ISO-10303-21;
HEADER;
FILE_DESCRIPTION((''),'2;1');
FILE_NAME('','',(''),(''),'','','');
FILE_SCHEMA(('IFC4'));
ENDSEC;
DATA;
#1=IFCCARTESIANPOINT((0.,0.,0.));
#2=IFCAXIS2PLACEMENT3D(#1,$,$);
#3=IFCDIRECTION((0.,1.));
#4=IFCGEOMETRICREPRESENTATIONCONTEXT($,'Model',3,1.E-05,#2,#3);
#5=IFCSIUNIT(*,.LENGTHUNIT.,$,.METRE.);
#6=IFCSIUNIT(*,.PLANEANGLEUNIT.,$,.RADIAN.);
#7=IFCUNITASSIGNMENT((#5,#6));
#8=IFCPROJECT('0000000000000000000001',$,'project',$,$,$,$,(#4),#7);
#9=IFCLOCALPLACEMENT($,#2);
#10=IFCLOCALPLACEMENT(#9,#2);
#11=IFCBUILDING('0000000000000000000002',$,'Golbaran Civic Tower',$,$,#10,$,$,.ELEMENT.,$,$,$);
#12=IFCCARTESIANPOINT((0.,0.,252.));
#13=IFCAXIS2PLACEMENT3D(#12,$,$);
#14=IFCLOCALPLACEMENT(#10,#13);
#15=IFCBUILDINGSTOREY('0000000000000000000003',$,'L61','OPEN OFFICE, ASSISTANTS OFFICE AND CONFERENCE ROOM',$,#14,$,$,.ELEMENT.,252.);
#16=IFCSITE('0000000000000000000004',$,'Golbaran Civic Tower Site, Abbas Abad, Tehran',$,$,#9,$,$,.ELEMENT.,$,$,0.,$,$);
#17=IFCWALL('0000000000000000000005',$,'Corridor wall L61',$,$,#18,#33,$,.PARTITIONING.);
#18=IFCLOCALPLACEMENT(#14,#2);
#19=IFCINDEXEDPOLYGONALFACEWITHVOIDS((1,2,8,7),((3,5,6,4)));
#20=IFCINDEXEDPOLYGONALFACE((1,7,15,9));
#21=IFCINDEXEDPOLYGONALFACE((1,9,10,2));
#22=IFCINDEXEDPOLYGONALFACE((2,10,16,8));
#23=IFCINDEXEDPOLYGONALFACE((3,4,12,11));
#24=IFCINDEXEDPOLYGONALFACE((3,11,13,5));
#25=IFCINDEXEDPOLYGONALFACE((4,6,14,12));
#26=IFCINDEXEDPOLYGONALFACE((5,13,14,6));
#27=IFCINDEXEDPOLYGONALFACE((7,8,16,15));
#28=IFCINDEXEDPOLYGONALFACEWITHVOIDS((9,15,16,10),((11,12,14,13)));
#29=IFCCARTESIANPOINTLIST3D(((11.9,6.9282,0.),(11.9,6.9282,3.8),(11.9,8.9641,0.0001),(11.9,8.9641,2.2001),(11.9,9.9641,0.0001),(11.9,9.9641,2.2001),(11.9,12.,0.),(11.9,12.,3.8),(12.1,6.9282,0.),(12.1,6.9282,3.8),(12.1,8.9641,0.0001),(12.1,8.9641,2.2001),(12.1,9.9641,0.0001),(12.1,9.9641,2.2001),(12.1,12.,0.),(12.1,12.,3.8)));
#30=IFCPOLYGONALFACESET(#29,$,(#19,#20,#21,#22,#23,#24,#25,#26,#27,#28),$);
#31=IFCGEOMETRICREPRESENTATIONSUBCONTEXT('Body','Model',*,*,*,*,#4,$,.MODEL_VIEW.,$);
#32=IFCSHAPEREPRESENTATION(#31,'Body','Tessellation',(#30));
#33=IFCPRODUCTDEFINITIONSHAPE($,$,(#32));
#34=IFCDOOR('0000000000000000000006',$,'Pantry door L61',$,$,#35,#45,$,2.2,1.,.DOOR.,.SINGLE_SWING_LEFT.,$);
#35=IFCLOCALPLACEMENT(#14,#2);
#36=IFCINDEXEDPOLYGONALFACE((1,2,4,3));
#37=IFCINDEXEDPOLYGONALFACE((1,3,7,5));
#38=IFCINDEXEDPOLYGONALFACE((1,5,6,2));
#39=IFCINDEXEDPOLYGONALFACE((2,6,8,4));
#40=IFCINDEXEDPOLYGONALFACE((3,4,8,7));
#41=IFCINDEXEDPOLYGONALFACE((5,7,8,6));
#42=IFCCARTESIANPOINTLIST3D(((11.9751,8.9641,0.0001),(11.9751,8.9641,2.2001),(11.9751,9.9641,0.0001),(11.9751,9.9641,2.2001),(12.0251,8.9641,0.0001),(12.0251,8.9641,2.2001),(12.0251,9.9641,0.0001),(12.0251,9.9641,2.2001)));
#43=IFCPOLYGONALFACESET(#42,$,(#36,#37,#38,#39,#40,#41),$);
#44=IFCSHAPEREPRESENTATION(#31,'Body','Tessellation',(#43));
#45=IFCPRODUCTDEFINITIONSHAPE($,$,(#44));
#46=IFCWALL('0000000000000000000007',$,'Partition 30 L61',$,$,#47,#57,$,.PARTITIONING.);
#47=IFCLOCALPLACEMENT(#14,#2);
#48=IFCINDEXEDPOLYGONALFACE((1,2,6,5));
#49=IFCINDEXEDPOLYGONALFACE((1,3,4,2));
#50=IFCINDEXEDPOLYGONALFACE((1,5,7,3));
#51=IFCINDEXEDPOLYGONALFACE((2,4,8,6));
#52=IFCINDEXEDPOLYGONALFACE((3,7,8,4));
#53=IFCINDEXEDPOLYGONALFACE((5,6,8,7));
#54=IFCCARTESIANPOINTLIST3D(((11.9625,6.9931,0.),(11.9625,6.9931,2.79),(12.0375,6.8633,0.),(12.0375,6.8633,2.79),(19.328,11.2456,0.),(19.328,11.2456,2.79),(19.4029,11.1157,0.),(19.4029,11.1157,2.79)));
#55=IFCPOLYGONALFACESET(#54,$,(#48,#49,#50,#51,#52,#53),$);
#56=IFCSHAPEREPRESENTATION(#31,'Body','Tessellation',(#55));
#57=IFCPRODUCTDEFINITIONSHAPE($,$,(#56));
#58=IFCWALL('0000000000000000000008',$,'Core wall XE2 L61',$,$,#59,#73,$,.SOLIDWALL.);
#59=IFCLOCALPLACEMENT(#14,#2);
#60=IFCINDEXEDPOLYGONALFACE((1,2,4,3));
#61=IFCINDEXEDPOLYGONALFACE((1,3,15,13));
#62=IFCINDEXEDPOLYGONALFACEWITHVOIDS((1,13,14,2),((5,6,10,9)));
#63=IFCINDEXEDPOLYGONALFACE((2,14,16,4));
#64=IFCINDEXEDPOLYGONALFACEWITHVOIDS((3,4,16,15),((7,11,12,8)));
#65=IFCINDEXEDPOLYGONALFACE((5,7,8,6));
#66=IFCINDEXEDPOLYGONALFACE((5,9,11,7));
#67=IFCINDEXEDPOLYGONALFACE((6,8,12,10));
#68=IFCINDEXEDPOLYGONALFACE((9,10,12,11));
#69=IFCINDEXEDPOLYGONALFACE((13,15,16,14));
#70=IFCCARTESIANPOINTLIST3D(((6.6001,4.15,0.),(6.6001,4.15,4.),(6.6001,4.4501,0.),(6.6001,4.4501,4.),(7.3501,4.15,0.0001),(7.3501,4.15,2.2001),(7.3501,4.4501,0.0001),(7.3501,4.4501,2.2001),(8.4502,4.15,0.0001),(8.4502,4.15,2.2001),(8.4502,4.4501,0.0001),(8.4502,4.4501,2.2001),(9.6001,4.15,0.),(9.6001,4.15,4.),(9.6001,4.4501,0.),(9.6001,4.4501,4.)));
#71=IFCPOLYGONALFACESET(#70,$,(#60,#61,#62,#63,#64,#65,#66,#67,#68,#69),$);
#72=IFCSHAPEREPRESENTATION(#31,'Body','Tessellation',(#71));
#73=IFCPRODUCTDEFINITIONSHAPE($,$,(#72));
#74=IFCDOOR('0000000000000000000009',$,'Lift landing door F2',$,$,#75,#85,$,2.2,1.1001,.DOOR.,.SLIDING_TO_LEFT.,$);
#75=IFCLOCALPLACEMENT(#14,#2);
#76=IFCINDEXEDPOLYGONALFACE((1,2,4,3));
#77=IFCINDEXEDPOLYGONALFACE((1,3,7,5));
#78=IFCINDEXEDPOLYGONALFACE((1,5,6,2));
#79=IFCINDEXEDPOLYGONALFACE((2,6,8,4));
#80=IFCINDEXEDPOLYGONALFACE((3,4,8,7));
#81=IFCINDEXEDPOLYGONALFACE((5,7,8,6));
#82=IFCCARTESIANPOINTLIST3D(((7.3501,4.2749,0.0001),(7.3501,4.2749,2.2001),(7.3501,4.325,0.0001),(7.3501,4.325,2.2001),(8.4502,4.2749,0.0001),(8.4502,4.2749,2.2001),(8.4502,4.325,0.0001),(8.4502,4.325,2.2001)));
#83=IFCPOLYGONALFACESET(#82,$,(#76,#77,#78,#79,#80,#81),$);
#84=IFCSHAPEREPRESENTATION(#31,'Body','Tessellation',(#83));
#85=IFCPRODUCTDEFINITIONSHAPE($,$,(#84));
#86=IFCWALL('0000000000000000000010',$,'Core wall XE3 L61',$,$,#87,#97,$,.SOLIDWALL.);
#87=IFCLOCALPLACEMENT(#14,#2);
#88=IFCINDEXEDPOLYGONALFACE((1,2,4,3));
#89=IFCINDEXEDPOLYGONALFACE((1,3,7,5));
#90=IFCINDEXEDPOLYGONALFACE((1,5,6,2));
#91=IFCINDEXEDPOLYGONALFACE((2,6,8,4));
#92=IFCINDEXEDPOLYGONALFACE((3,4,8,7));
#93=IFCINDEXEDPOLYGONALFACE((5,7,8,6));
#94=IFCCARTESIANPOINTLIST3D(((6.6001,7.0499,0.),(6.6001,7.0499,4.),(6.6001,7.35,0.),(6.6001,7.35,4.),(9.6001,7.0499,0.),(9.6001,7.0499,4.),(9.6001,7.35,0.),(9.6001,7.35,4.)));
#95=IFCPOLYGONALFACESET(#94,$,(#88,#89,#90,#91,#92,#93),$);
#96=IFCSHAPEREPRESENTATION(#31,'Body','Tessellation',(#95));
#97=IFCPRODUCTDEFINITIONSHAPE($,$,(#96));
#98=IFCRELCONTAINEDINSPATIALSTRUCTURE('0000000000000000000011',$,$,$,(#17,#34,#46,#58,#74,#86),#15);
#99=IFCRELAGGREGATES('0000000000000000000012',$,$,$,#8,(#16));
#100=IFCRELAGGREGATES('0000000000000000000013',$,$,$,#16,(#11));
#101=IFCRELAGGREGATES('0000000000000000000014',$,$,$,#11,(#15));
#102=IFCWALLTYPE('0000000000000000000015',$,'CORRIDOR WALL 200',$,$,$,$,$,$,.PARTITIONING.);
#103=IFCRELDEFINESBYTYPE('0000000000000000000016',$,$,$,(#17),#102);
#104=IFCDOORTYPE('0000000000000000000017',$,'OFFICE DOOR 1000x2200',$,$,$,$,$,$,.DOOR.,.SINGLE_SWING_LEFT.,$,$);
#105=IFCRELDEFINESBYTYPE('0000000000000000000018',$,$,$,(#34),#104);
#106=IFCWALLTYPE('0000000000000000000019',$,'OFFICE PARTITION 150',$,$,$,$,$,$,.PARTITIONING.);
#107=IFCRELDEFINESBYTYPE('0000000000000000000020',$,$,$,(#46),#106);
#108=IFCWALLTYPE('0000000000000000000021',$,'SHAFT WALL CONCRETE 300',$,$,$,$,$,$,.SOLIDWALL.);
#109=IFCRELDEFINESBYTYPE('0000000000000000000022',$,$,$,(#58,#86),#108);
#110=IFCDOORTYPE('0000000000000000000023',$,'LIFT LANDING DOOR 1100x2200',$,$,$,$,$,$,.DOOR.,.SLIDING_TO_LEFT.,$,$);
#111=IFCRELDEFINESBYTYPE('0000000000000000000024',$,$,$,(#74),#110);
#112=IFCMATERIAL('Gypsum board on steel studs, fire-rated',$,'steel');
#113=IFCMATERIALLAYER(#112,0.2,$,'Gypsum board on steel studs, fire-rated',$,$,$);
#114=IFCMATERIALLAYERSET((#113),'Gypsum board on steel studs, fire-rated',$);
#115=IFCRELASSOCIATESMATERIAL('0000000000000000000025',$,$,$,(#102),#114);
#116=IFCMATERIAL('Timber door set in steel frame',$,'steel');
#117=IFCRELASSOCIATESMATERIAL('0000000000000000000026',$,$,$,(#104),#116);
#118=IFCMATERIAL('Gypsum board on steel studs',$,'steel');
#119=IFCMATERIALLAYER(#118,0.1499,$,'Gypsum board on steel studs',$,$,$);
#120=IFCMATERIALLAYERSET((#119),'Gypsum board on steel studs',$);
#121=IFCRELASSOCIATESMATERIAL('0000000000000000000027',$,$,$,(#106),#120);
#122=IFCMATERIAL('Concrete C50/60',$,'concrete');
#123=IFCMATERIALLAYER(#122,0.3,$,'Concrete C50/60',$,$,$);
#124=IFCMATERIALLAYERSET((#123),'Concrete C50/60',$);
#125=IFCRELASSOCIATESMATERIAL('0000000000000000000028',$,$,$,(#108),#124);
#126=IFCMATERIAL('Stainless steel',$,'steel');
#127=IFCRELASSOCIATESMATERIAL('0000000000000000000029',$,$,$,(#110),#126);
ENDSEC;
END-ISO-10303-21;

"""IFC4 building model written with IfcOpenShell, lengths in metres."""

from ifc_helpers import new_model, si_unit, direction, frame, frame_2d, origin, place, context, subcontext, project, spatial, rectangle, extrude, material, layer, layer_set, type_object, element, fill, save


model = new_model("IFC4")

# Units and contexts
model_context = context("Model", 3, precision=1e-05, world=origin(), true_north=direction((0.0, 1.0)))
body_context = subcontext(model_context, "Body", "Model", "MODEL_VIEW")
ifc_project = project(units=[si_unit("LENGTHUNIT", "METRE"), si_unit("PLANEANGLEUNIT", "RADIAN")], contexts=[model_context])

# Site, building, storey
site_placement = place(None, origin())
site = spatial("IfcSite", under=ifc_project, at=site_placement, Name="Golbaran Civic Tower Site, Abbas Abad, Tehran", CompositionType="ELEMENT", RefElevation=0.0)
building_placement = place(site_placement, origin())
building = spatial("IfcBuilding", under=site, at=building_placement, Name="Golbaran Civic Tower", CompositionType="ELEMENT")
storey_placement = place(building_placement, frame((0.0, 0.0, 252.0)))
storey = spatial("IfcBuildingStorey", under=building, at=storey_placement, Name="L61", Description="OPEN OFFICE, ASSISTANTS OFFICE AND CONFERENCE ROOM", CompositionType="ELEMENT", Elevation=252.0)

# Wall, opening, door
ifc_material_1 = material(Name="Gypsum board on steel studs, fire-rated", Category="steel")
ifc_layer_1 = layer(ifc_material_1, 0.2, Name="Gypsum board on steel studs, fire-rated")
ifc_layer_set_1 = layer_set([ifc_layer_1], Name="Gypsum board on steel studs, fire-rated")
wall_type_1 = type_object("IfcWallType", Name="CORRIDOR WALL 200", PredefinedType="PARTITIONING", material=ifc_layer_set_1)
wall_1_placement = place(storey_placement, frame((12.0, 6.9282, 0.0), z_axis=(0.0, 0.0, 1.0), x_axis=(0.0, 1.0, 0.0)))
wall_1 = element("IfcWall", 1, at=wall_1_placement, inside=storey, type_object=wall_type_1, Name="Corridor wall L61", PredefinedType="PARTITIONING", context=body_context, shape_type="SweptSolid", body=[
    extrude(rectangle(XDim=5.0718, YDim=0.2, at=frame_2d((2.5359, 0.0))), origin(), (0.0, 0.0, 1.0), 3.8),
])
opening_1_placement = place(wall_1_placement, frame((2.0359, 0.0, 0.0)))
opening_1 = element("IfcOpeningElement", 2, at=opening_1_placement, cuts=wall_1, PredefinedType="OPENING", context=body_context, shape_type="SweptSolid", body=[
    extrude(rectangle(XDim=1.0, YDim=2.2, at=frame_2d((0.5, 1.1001))), frame((0.0, 0.1099, 0.0), z_axis=(0.0, -1.0, 0.0), x_axis=(1.0, 0.0, 0.0)), (0.0, 0.0, 1.0), 0.22),
])
ifc_material_2 = material(Name="Timber door set in steel frame", Category="steel")
door_type_1 = type_object("IfcDoorType", Name="OFFICE DOOR 1000x2200", OperationType="SINGLE_SWING_LEFT", PredefinedType="DOOR", material=ifc_material_2)
door_1_placement = place(opening_1_placement, origin())
door_1 = element("IfcDoor", 3, at=door_1_placement, inside=storey, type_object=door_type_1, Name="Pantry door L61", OperationType="SINGLE_SWING_LEFT", OverallHeight=2.2, OverallWidth=1.0, PredefinedType="DOOR", context=body_context, shape_type="SweptSolid", body=[
    extrude(rectangle(XDim=1.0, YDim=2.2, at=frame_2d((0.5, 1.1001))), frame((0.0, 0.0249, 0.0), z_axis=(0.0, -1.0, 0.0), x_axis=(1.0, 0.0, 0.0)), (0.0, 0.0, 1.0), 0.05),
])
fill(opening_1, door_1)

# Wall
ifc_material_3 = material(Name="Gypsum board on steel studs", Category="steel")
ifc_layer_2 = layer(ifc_material_3, 0.1499, Name="Gypsum board on steel studs")
ifc_layer_set_2 = layer_set([ifc_layer_2], Name="Gypsum board on steel studs")
wall_type_2 = type_object("IfcWallType", Name="OFFICE PARTITION 150", PredefinedType="PARTITIONING", material=ifc_layer_set_2)
wall_2_placement = place(storey_placement, frame((12.0, 6.9282, 0.0), z_axis=(0.0, 0.0, 1.0), x_axis=(0.866026, 0.499998, 0.0)))
element("IfcWall", 4, at=wall_2_placement, inside=storey, type_object=wall_type_2, Name="Partition 30 L61", PredefinedType="PARTITIONING", context=body_context, shape_type="SweptSolid", body=[
    extrude(rectangle(XDim=8.5049, YDim=0.1499, at=frame_2d((4.2524, 0.0))), origin(), (0.0, 0.0, 1.0), 2.79),
])

# Wall, opening, door
ifc_material_4 = material(Name="Concrete C50/60", Category="concrete")
ifc_layer_3 = layer(ifc_material_4, 0.3, Name="Concrete C50/60")
ifc_layer_set_3 = layer_set([ifc_layer_3], Name="Concrete C50/60")
wall_type_3 = type_object("IfcWallType", Name="SHAFT WALL CONCRETE 300", PredefinedType="SOLIDWALL", material=ifc_layer_set_3)
wall_3_placement = place(storey_placement, frame((6.6001, 4.3, 0.0), z_axis=(0.0, 0.0, 1.0), x_axis=(1.0, 0.0, 0.0)))
wall_3 = element("IfcWall", 5, at=wall_3_placement, inside=storey, type_object=wall_type_3, Name="Core wall XE2 L61", PredefinedType="SOLIDWALL", context=body_context, shape_type="SweptSolid", body=[
    extrude(rectangle(XDim=3.0, YDim=0.3, at=frame_2d((1.5, 0.0))), origin(), (0.0, 0.0, 1.0), 4.0),
])
opening_2_placement = place(wall_3_placement, frame((0.75, 0.0, 0.0)))
opening_2 = element("IfcOpeningElement", 6, at=opening_2_placement, cuts=wall_3, PredefinedType="OPENING", context=body_context, shape_type="SweptSolid", body=[
    extrude(rectangle(XDim=1.1001, YDim=2.2, at=frame_2d((0.55, 1.1001))), frame((0.0, 0.1599, 0.0), z_axis=(0.0, -1.0, 0.0), x_axis=(1.0, 0.0, 0.0)), (0.0, 0.0, 1.0), 0.3201),
])
ifc_material_5 = material(Name="Stainless steel", Category="steel")
door_type_2 = type_object("IfcDoorType", Name="LIFT LANDING DOOR 1100x2200", OperationType="SLIDING_TO_LEFT", PredefinedType="DOOR", material=ifc_material_5)
door_2_placement = place(opening_2_placement, origin())
door_2 = element("IfcDoor", 7, at=door_2_placement, inside=storey, type_object=door_type_2, Name="Lift landing door F2", OperationType="SLIDING_TO_LEFT", OverallHeight=2.2, OverallWidth=1.1001, PredefinedType="DOOR", context=body_context, shape_type="SweptSolid", body=[
    extrude(rectangle(XDim=1.1001, YDim=2.2, at=frame_2d((0.55, 1.1001))), frame((0.0, 0.0249, 0.0), z_axis=(0.0, -1.0, 0.0), x_axis=(1.0, 0.0, 0.0)), (0.0, 0.0, 1.0), 0.05),
])
fill(opening_2, door_2)

# Wall
wall_4_placement = place(storey_placement, frame((6.6001, 7.2, 0.0), z_axis=(0.0, 0.0, 1.0), x_axis=(1.0, 0.0, 0.0)))
element("IfcWall", 8, at=wall_4_placement, inside=storey, type_object=wall_type_3, Name="Core wall XE3 L61", PredefinedType="SOLIDWALL", context=body_context, shape_type="SweptSolid", body=[
    extrude(rectangle(XDim=3.0, YDim=0.3, at=frame_2d((1.5, 0.0))), origin(), (0.0, 0.0, 1.0), 4.0),
])

save(model, "model.ifc")
